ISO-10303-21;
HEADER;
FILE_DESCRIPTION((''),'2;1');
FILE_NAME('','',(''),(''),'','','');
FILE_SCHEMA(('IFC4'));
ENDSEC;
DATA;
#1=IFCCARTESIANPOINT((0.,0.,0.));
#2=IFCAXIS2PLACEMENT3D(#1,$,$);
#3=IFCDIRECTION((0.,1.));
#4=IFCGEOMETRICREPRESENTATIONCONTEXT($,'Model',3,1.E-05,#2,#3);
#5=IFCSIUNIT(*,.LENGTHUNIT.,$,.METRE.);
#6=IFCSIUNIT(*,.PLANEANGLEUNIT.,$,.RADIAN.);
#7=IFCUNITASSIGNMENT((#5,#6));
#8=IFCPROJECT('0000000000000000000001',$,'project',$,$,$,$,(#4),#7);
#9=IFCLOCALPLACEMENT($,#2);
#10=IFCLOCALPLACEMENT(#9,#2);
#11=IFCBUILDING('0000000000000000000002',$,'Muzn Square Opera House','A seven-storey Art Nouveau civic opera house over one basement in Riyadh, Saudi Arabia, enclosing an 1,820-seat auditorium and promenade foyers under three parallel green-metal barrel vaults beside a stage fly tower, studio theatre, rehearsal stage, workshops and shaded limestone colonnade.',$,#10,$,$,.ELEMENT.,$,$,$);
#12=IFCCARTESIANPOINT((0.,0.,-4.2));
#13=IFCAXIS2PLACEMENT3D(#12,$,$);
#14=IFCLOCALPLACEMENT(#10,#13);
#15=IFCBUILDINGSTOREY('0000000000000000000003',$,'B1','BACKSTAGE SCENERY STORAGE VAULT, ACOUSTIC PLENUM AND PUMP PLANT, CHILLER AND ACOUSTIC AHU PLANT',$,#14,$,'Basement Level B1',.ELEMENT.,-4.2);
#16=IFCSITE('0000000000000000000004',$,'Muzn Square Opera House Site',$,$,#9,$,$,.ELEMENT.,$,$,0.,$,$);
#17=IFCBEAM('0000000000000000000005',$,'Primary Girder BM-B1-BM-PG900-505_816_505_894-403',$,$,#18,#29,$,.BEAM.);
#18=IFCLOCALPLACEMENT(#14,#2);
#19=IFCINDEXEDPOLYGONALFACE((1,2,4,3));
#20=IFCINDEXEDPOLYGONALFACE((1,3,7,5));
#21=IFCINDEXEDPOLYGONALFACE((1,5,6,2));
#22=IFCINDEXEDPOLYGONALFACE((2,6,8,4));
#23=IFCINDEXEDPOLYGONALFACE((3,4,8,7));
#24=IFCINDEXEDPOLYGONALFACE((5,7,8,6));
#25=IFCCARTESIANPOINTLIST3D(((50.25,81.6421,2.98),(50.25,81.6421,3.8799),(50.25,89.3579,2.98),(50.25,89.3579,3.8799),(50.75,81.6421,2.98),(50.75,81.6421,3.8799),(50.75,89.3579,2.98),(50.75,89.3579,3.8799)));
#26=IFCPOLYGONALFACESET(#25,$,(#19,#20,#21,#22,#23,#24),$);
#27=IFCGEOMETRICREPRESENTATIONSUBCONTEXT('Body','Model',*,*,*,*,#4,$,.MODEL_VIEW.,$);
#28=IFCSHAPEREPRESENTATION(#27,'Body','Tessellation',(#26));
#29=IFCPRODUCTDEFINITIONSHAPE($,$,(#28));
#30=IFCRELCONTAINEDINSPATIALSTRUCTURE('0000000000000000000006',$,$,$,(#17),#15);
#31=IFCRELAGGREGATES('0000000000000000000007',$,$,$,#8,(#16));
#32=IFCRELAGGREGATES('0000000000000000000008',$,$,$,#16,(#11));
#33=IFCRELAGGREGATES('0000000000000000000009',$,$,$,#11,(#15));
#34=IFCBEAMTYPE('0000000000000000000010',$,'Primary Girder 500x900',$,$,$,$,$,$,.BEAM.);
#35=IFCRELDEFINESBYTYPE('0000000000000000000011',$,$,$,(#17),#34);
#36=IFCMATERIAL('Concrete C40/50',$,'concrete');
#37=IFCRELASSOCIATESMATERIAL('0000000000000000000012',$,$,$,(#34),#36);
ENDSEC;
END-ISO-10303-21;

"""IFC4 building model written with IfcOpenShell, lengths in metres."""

from ifc_helpers import new_model, si_unit, direction, frame, origin, origin_2d, place, context, subcontext, project, spatial, rectangle, extrude, material, material_profile, profile_set, type_object, element, save


model = new_model("IFC4")

# Units and contexts
model_context = context("Model", 3, precision=1e-05, world=origin(), true_north=direction((0.0, 1.0)))
body_context = subcontext(model_context, "Body", "Model", "MODEL_VIEW")
ifc_project = project(units=[si_unit("LENGTHUNIT", "METRE"), si_unit("PLANEANGLEUNIT", "RADIAN")], contexts=[model_context])

# Site, building, storey
site_placement = place(None, origin())
site = spatial("IfcSite", under=ifc_project, at=site_placement, Name="Muzn Square Opera House Site", CompositionType="ELEMENT", RefElevation=0.0)
building_placement = place(site_placement, origin())
building = spatial("IfcBuilding", under=site, at=building_placement, Name="Muzn Square Opera House", Description="A seven-storey Art Nouveau civic opera house over one basement in Riyadh, Saudi Arabia, enclosing an 1,820-seat auditorium and promenade foyers under three parallel green-metal barrel vaults beside a stage fly tower, studio theatre, rehearsal stage, workshops and shaded limestone colonnade.", CompositionType="ELEMENT")
storey_placement = place(building_placement, frame((0.0, 0.0, -4.2)))
storey = spatial("IfcBuildingStorey", under=building, at=storey_placement, Name="B1", Description="BACKSTAGE SCENERY STORAGE VAULT, ACOUSTIC PLENUM AND PUMP PLANT, CHILLER AND ACOUSTIC AHU PLANT", LongName="Basement Level B1", CompositionType="ELEMENT", Elevation=-4.2)

# Shared definitions
ifc_material_1 = material(Name="Concrete C40/50", Category="concrete")

# Beam
ifc_material_profile_1 = material_profile(ifc_material_1, rectangle(XDim=0.5, YDim=0.8999, at=origin_2d()), Name="RCB 500x900", Category="concrete")
ifc_profile_set_1 = profile_set([ifc_material_profile_1], Name="Concrete C40/50")
beam_type_1 = type_object("IfcBeamType", Name="Primary Girder 500x900", PredefinedType="BEAM", material=ifc_profile_set_1)
beam_1_placement = place(storey_placement, frame((50.5, 81.6421, 3.4299), z_axis=(0.0, 1.0, 0.0), x_axis=(-1.0, 0.0, 0.0)))
element("IfcBeam", 1, at=beam_1_placement, inside=storey, type_object=beam_type_1, Name="Primary Girder BM-B1-BM-PG900-505_816_505_894-403", PredefinedType="BEAM", context=body_context, shape_type="SweptSolid", body=[
    extrude(rectangle(XDim=0.5, YDim=0.8999, at=origin_2d()), origin(), (0.0, 0.0, 1.0), 7.7158),
])

save(model, "model.ifc")
